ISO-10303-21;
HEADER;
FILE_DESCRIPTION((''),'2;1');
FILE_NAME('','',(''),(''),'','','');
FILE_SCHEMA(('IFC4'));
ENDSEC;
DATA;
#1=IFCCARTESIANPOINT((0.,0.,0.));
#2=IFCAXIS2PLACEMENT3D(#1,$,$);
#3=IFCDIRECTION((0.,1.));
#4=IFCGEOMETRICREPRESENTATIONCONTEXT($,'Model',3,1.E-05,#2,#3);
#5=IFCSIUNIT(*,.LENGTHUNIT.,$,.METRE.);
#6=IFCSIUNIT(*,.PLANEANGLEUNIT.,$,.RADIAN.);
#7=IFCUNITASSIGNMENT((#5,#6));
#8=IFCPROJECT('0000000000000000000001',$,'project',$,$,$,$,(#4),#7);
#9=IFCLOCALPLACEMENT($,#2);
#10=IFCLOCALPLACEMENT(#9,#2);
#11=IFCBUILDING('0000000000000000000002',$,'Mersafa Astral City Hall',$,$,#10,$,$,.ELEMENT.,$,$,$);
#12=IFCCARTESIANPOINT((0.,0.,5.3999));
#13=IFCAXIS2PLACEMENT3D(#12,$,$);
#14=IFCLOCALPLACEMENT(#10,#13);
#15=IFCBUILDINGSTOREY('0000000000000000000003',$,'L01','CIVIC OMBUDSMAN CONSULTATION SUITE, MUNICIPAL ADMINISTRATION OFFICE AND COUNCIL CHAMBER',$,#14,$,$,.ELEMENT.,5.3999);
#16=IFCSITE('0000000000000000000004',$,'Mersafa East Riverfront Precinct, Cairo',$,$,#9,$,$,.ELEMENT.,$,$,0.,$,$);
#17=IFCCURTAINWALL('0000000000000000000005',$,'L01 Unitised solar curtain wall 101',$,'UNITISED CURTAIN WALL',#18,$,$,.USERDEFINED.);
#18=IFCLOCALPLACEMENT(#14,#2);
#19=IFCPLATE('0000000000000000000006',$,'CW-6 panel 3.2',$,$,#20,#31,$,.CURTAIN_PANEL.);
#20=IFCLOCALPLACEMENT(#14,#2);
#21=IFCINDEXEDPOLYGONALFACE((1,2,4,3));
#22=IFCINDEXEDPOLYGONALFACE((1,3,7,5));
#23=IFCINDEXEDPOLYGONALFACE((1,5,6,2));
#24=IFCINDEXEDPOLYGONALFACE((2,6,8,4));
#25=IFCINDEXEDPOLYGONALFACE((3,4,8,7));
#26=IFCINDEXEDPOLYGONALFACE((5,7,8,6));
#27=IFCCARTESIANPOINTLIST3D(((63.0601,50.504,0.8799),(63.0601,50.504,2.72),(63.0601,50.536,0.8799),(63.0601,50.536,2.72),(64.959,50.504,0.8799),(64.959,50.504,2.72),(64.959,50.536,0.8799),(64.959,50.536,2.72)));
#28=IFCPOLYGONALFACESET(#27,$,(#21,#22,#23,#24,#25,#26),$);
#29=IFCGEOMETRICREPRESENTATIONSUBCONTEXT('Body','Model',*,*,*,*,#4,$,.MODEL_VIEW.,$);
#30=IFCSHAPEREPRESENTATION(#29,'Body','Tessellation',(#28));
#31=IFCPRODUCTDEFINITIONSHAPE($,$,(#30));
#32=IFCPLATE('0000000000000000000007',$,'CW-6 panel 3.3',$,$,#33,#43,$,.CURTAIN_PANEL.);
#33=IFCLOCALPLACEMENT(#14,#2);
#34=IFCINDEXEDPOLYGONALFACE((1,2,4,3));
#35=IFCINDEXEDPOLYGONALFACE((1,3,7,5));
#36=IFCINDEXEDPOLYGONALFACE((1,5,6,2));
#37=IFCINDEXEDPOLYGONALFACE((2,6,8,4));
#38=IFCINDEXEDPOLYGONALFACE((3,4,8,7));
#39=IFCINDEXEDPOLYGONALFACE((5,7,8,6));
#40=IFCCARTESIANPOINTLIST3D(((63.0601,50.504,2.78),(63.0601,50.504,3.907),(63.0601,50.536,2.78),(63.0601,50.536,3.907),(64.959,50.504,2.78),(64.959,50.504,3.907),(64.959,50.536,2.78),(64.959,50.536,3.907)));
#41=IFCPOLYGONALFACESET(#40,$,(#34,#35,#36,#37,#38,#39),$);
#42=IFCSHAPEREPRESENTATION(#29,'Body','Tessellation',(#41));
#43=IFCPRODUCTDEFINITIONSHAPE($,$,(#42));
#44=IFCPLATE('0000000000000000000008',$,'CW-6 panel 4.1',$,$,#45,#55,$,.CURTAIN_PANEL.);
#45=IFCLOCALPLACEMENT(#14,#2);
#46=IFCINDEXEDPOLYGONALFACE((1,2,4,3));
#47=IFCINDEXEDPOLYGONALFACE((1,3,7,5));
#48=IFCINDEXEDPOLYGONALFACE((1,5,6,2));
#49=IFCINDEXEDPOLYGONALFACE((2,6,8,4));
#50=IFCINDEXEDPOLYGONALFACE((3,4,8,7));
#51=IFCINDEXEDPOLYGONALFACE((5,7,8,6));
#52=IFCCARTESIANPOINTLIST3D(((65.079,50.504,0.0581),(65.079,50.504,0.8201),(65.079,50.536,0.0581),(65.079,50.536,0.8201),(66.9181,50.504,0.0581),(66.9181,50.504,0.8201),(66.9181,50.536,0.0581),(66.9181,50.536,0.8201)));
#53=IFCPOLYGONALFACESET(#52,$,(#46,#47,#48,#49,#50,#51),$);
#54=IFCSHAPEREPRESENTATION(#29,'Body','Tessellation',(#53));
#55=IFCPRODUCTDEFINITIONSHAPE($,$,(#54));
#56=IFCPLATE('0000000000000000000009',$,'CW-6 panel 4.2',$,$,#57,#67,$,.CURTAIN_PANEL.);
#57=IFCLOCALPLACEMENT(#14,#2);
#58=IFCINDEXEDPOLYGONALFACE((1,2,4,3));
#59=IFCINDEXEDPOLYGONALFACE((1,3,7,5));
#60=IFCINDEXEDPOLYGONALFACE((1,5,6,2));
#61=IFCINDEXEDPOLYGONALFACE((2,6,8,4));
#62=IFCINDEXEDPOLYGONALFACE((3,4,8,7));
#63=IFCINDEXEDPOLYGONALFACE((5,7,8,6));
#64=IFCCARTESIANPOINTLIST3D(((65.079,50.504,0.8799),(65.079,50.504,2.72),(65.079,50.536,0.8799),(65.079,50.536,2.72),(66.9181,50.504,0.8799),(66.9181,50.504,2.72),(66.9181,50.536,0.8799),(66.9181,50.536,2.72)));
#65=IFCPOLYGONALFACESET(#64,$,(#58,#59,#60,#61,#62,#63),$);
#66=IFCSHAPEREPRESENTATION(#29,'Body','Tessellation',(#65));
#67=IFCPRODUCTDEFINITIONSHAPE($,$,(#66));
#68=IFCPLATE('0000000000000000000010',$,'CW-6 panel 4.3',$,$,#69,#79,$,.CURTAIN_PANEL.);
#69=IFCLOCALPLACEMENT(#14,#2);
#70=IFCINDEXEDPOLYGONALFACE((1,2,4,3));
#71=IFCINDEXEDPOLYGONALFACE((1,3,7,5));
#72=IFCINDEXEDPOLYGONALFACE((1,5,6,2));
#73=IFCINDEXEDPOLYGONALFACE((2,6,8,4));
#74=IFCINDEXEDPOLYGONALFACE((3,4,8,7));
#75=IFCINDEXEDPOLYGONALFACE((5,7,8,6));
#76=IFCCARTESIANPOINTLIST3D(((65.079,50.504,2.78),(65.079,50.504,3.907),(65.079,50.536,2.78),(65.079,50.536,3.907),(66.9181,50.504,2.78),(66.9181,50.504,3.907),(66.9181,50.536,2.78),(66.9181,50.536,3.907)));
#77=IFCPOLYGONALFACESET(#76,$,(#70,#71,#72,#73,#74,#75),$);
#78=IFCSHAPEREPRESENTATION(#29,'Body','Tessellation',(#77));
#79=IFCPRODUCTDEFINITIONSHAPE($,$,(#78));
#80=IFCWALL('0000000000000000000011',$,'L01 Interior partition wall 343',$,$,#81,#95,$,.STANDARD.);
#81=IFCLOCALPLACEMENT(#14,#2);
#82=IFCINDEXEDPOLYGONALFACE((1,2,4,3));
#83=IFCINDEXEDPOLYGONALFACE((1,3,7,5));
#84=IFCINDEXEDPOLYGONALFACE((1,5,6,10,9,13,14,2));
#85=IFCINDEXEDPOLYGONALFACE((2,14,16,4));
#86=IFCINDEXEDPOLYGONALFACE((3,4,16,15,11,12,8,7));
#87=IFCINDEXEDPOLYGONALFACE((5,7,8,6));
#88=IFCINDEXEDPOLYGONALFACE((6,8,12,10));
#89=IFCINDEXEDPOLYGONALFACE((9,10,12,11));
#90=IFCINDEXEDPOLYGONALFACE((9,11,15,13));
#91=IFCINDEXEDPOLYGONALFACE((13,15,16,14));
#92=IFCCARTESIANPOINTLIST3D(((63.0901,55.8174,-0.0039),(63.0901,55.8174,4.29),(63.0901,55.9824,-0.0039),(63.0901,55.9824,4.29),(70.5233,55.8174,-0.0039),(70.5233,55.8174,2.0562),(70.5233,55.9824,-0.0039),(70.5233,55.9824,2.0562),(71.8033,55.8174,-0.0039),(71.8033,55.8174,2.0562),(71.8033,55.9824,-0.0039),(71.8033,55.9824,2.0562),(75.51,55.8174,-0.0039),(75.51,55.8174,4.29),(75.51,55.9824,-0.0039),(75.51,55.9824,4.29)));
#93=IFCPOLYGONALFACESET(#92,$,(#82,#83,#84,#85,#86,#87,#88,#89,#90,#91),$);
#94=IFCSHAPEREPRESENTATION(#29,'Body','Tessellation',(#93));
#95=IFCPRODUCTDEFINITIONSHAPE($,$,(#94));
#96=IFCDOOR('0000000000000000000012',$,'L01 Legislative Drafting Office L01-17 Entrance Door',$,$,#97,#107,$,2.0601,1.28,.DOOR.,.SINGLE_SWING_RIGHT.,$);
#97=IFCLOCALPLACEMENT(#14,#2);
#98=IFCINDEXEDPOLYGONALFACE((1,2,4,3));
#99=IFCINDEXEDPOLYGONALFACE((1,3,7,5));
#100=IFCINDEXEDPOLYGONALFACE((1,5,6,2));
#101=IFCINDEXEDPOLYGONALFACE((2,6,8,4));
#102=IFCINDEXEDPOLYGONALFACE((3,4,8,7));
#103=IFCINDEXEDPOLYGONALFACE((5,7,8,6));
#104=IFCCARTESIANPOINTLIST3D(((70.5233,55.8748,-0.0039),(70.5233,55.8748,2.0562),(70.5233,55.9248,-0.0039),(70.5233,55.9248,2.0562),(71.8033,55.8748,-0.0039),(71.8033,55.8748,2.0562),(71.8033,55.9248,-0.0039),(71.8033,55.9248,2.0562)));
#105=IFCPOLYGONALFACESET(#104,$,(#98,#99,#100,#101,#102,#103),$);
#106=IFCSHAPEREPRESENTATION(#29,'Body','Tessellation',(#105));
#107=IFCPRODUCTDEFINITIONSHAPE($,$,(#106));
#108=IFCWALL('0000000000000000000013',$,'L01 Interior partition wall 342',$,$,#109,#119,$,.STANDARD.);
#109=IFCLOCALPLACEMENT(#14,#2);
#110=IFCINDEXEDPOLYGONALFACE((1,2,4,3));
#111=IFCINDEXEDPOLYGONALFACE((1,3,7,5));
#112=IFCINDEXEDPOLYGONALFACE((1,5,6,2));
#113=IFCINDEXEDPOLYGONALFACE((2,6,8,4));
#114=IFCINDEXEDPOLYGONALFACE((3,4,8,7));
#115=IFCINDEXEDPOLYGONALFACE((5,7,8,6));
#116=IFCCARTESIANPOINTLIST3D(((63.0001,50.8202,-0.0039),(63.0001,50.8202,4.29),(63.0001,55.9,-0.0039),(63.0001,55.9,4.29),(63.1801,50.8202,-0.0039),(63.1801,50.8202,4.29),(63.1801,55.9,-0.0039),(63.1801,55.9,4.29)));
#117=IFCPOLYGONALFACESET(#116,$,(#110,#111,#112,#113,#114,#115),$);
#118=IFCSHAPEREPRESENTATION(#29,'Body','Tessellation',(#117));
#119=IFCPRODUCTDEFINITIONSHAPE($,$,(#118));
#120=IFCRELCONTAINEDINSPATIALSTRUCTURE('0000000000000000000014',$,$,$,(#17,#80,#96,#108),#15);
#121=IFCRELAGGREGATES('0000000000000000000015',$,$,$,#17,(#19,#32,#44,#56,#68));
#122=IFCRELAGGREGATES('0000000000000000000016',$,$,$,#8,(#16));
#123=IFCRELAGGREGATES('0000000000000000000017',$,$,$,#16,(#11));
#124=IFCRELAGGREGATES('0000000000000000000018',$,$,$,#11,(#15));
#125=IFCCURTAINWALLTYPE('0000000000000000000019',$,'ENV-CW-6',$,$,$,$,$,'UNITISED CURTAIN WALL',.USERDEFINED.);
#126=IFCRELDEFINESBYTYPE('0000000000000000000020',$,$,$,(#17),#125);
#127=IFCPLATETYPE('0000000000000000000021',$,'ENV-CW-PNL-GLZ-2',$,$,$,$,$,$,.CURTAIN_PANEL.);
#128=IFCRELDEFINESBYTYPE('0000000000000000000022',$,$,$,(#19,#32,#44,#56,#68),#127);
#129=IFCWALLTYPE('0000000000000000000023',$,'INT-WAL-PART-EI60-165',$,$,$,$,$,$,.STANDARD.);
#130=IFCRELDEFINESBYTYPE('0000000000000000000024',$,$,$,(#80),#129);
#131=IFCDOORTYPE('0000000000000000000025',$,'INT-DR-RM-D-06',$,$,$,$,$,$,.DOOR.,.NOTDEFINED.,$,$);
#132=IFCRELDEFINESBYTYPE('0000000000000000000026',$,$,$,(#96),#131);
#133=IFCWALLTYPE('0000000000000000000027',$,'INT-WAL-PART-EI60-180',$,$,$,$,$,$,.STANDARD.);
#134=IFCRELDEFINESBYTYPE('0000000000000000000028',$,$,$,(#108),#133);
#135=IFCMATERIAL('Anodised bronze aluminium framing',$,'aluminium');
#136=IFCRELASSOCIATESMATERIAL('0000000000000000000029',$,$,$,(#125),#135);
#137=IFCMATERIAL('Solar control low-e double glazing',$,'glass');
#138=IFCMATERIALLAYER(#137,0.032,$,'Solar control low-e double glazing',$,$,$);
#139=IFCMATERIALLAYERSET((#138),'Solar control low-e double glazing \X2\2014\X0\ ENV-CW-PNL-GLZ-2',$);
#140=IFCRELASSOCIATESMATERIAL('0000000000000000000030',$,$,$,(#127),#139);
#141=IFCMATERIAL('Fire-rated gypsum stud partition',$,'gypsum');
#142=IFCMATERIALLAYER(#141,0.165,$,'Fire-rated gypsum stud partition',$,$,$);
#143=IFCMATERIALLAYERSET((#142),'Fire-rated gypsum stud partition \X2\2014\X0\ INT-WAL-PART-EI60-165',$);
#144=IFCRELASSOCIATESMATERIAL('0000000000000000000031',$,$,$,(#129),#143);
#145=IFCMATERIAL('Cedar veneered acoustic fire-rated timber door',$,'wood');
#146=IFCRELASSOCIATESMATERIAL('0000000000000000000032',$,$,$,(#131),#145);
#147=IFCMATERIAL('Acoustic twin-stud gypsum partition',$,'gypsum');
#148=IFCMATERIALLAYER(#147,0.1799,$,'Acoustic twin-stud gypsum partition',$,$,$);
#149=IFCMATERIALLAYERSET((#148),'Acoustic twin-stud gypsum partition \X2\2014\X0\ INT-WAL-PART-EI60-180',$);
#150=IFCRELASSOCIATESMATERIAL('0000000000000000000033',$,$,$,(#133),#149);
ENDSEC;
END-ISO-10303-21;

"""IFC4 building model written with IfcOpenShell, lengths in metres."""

from ifc_helpers import new_model, si_unit, direction, frame, frame_2d, origin, origin_2d, place, context, subcontext, project, spatial, rectangle, extrude, material, layer, layer_set, type_object, element, fill, aggregate, save


model = new_model("IFC4")

# Units and contexts
model_context = context("Model", 3, precision=1e-05, world=origin(), true_north=direction((0.0, 1.0)))
body_context = subcontext(model_context, "Body", "Model", "MODEL_VIEW")
ifc_project = project(units=[si_unit("LENGTHUNIT", "METRE"), si_unit("PLANEANGLEUNIT", "RADIAN")], contexts=[model_context])

# Site, building, storey
site_placement = place(None, origin())
site = spatial("IfcSite", under=ifc_project, at=site_placement, Name="Mersafa East Riverfront Precinct, Cairo", CompositionType="ELEMENT", RefElevation=0.0)
building_placement = place(site_placement, origin())
building = spatial("IfcBuilding", under=site, at=building_placement, Name="Mersafa Astral City Hall", CompositionType="ELEMENT")
storey_placement = place(building_placement, frame((0.0, 0.0, 5.3999)))
storey = spatial("IfcBuildingStorey", under=building, at=storey_placement, Name="L01", Description="CIVIC OMBUDSMAN CONSULTATION SUITE, MUNICIPAL ADMINISTRATION OFFICE AND COUNCIL CHAMBER", CompositionType="ELEMENT", Elevation=5.3999)

# Curtain wall
ifc_material_1 = material(Name="Anodised bronze aluminium framing", Category="aluminium")
curtain_wall_type_1 = type_object("IfcCurtainWallType", Name="ENV-CW-6", ElementType="UNITISED CURTAIN WALL", PredefinedType="USERDEFINED", material=ifc_material_1)
curtain_wall_1_placement = place(storey_placement, origin())
curtain_wall_1 = element("IfcCurtainWall", 1, at=curtain_wall_1_placement, inside=storey, type_object=curtain_wall_type_1, Name="L01 Unitised solar curtain wall 101", ObjectType="UNITISED CURTAIN WALL", PredefinedType="USERDEFINED")

# Shared definitions
ifc_material_2 = material(Name="Solar control low-e double glazing", Category="glass")
ifc_layer_1 = layer(ifc_material_2, 0.032, Name="Solar control low-e double glazing")
ifc_layer_set_1 = layer_set([ifc_layer_1], Name="Solar control low-e double glazing — ENV-CW-PNL-GLZ-2")
plate_type = type_object("IfcPlateType", Name="ENV-CW-PNL-GLZ-2", PredefinedType="CURTAIN_PANEL", material=ifc_layer_set_1)

# Plates
plate_1_placement = place(storey_placement, frame((64.0095, 50.52, 0.8799), z_axis=(0.0, 0.0, 1.0), x_axis=(1.0, 0.0, 0.0)))
plate_1 = element("IfcPlate", 2, at=plate_1_placement, type_object=plate_type, Name="CW-6 panel 3.2", PredefinedType="CURTAIN_PANEL", context=body_context, shape_type="SweptSolid", body=[
    extrude(rectangle(XDim=1.8989, YDim=0.032, at=origin_2d()), origin(), (0.0, 0.0, 1.0), 1.8401),
])
plate_2_placement = place(storey_placement, frame((64.0095, 50.52, 2.78), z_axis=(0.0, 0.0, 1.0), x_axis=(1.0, 0.0, 0.0)))
plate_2 = element("IfcPlate", 3, at=plate_2_placement, type_object=plate_type, Name="CW-6 panel 3.3", PredefinedType="CURTAIN_PANEL", context=body_context, shape_type="SweptSolid", body=[
    extrude(rectangle(XDim=1.8989, YDim=0.032, at=origin_2d()), origin(), (0.0, 0.0, 1.0), 1.127),
])
plate_3_placement = place(storey_placement, frame((65.9985, 50.52, 0.0581), z_axis=(0.0, 0.0, 1.0), x_axis=(1.0, 0.0, 0.0)))
plate_3 = element("IfcPlate", 4, at=plate_3_placement, type_object=plate_type, Name="CW-6 panel 4.1", PredefinedType="CURTAIN_PANEL", context=body_context, shape_type="SweptSolid", body=[
    extrude(rectangle(XDim=1.8391, YDim=0.032, at=origin_2d()), origin(), (0.0, 0.0, 1.0), 0.762),
])
plate_4_placement = place(storey_placement, frame((65.9985, 50.52, 0.8799), z_axis=(0.0, 0.0, 1.0), x_axis=(1.0, 0.0, 0.0)))
plate_4 = element("IfcPlate", 5, at=plate_4_placement, type_object=plate_type, Name="CW-6 panel 4.2", PredefinedType="CURTAIN_PANEL", context=body_context, shape_type="SweptSolid", body=[
    extrude(rectangle(XDim=1.8391, YDim=0.032, at=origin_2d()), origin(), (0.0, 0.0, 1.0), 1.8401),
])
plate_5_placement = place(storey_placement, frame((65.9985, 50.52, 2.78), z_axis=(0.0, 0.0, 1.0), x_axis=(1.0, 0.0, 0.0)))
plate_5 = element("IfcPlate", 6, at=plate_5_placement, type_object=plate_type, Name="CW-6 panel 4.3", PredefinedType="CURTAIN_PANEL", context=body_context, shape_type="SweptSolid", body=[
    extrude(rectangle(XDim=1.8391, YDim=0.032, at=origin_2d()), origin(), (0.0, 0.0, 1.0), 1.127),
])
aggregate(curtain_wall_1, [plate_1, plate_2, plate_3, plate_4, plate_5])

# Wall, opening, door
ifc_material_3 = material(Name="Fire-rated gypsum stud partition", Category="gypsum")
ifc_layer_2 = layer(ifc_material_3, 0.165, Name="Fire-rated gypsum stud partition")
ifc_layer_set_2 = layer_set([ifc_layer_2], Name="Fire-rated gypsum stud partition — INT-WAL-PART-EI60-165")
wall_type_1 = type_object("IfcWallType", Name="INT-WAL-PART-EI60-165", PredefinedType="STANDARD", material=ifc_layer_set_2)
wall_1_placement = place(storey_placement, frame((63.0901, 55.8999, -0.0039), z_axis=(0.0, 0.0, 1.0), x_axis=(1.0, 0.0, 0.0)))
wall_1 = element("IfcWall", 7, at=wall_1_placement, inside=storey, type_object=wall_type_1, Name="L01 Interior partition wall 343", PredefinedType="STANDARD", context=body_context, shape_type="SweptSolid", body=[
    extrude(rectangle(XDim=12.4199, YDim=0.165, at=frame_2d((6.21, 0.0))), origin(), (0.0, 0.0, 1.0), 4.2939),
])
opening_placement = place(wall_1_placement, frame((7.4331, 0.0, 0.0)))
opening = element("IfcOpeningElement", 8, at=opening_placement, cuts=wall_1, PredefinedType="OPENING", context=body_context, shape_type="SweptSolid", body=[
    extrude(rectangle(XDim=1.28, YDim=2.0601, at=frame_2d((0.6401, 1.03))), frame((0.0, 0.0925, 0.0), z_axis=(0.0, -1.0, 0.0), x_axis=(1.0, 0.0, 0.0)), (0.0, 0.0, 1.0), 0.1851),
])
ifc_material_4 = material(Name="Cedar veneered acoustic fire-rated timber door", Category="wood")
door_type = type_object("IfcDoorType", Name="INT-DR-RM-D-06", OperationType="NOTDEFINED", PredefinedType="DOOR", material=ifc_material_4)
door_placement = place(opening_placement, origin())
door = element("IfcDoor", 9, at=door_placement, inside=storey, type_object=door_type, Name="L01 Legislative Drafting Office L01-17 Entrance Door", OperationType="SINGLE_SWING_RIGHT", OverallHeight=2.0601, OverallWidth=1.28, PredefinedType="DOOR", context=body_context, shape_type="SweptSolid", body=[
    extrude(rectangle(XDim=1.28, YDim=2.0601, at=frame_2d((0.6401, 1.03))), frame((0.0, 0.0249, 0.0), z_axis=(0.0, -1.0, 0.0), x_axis=(1.0, 0.0, 0.0)), (0.0, 0.0, 1.0), 0.05),
])
fill(opening, door)

# Wall
ifc_material_5 = material(Name="Acoustic twin-stud gypsum partition", Category="gypsum")
ifc_layer_3 = layer(ifc_material_5, 0.1799, Name="Acoustic twin-stud gypsum partition")
ifc_layer_set_3 = layer_set([ifc_layer_3], Name="Acoustic twin-stud gypsum partition — INT-WAL-PART-EI60-180")
wall_type_2 = type_object("IfcWallType", Name="INT-WAL-PART-EI60-180", PredefinedType="STANDARD", material=ifc_layer_set_3)
wall_2_placement = place(storey_placement, frame((63.0901, 50.8201, -0.0039), z_axis=(0.0, 0.0, 1.0), x_axis=(0.0, 1.0, 0.0)))
element("IfcWall", 10, at=wall_2_placement, inside=storey, type_object=wall_type_2, Name="L01 Interior partition wall 342", PredefinedType="STANDARD", context=body_context, shape_type="SweptSolid", body=[
    extrude(rectangle(XDim=5.0798, YDim=0.1799, at=frame_2d((2.54, 0.0))), origin(), (0.0, 0.0, 1.0), 4.2939),
])

save(model, "model.ifc")
